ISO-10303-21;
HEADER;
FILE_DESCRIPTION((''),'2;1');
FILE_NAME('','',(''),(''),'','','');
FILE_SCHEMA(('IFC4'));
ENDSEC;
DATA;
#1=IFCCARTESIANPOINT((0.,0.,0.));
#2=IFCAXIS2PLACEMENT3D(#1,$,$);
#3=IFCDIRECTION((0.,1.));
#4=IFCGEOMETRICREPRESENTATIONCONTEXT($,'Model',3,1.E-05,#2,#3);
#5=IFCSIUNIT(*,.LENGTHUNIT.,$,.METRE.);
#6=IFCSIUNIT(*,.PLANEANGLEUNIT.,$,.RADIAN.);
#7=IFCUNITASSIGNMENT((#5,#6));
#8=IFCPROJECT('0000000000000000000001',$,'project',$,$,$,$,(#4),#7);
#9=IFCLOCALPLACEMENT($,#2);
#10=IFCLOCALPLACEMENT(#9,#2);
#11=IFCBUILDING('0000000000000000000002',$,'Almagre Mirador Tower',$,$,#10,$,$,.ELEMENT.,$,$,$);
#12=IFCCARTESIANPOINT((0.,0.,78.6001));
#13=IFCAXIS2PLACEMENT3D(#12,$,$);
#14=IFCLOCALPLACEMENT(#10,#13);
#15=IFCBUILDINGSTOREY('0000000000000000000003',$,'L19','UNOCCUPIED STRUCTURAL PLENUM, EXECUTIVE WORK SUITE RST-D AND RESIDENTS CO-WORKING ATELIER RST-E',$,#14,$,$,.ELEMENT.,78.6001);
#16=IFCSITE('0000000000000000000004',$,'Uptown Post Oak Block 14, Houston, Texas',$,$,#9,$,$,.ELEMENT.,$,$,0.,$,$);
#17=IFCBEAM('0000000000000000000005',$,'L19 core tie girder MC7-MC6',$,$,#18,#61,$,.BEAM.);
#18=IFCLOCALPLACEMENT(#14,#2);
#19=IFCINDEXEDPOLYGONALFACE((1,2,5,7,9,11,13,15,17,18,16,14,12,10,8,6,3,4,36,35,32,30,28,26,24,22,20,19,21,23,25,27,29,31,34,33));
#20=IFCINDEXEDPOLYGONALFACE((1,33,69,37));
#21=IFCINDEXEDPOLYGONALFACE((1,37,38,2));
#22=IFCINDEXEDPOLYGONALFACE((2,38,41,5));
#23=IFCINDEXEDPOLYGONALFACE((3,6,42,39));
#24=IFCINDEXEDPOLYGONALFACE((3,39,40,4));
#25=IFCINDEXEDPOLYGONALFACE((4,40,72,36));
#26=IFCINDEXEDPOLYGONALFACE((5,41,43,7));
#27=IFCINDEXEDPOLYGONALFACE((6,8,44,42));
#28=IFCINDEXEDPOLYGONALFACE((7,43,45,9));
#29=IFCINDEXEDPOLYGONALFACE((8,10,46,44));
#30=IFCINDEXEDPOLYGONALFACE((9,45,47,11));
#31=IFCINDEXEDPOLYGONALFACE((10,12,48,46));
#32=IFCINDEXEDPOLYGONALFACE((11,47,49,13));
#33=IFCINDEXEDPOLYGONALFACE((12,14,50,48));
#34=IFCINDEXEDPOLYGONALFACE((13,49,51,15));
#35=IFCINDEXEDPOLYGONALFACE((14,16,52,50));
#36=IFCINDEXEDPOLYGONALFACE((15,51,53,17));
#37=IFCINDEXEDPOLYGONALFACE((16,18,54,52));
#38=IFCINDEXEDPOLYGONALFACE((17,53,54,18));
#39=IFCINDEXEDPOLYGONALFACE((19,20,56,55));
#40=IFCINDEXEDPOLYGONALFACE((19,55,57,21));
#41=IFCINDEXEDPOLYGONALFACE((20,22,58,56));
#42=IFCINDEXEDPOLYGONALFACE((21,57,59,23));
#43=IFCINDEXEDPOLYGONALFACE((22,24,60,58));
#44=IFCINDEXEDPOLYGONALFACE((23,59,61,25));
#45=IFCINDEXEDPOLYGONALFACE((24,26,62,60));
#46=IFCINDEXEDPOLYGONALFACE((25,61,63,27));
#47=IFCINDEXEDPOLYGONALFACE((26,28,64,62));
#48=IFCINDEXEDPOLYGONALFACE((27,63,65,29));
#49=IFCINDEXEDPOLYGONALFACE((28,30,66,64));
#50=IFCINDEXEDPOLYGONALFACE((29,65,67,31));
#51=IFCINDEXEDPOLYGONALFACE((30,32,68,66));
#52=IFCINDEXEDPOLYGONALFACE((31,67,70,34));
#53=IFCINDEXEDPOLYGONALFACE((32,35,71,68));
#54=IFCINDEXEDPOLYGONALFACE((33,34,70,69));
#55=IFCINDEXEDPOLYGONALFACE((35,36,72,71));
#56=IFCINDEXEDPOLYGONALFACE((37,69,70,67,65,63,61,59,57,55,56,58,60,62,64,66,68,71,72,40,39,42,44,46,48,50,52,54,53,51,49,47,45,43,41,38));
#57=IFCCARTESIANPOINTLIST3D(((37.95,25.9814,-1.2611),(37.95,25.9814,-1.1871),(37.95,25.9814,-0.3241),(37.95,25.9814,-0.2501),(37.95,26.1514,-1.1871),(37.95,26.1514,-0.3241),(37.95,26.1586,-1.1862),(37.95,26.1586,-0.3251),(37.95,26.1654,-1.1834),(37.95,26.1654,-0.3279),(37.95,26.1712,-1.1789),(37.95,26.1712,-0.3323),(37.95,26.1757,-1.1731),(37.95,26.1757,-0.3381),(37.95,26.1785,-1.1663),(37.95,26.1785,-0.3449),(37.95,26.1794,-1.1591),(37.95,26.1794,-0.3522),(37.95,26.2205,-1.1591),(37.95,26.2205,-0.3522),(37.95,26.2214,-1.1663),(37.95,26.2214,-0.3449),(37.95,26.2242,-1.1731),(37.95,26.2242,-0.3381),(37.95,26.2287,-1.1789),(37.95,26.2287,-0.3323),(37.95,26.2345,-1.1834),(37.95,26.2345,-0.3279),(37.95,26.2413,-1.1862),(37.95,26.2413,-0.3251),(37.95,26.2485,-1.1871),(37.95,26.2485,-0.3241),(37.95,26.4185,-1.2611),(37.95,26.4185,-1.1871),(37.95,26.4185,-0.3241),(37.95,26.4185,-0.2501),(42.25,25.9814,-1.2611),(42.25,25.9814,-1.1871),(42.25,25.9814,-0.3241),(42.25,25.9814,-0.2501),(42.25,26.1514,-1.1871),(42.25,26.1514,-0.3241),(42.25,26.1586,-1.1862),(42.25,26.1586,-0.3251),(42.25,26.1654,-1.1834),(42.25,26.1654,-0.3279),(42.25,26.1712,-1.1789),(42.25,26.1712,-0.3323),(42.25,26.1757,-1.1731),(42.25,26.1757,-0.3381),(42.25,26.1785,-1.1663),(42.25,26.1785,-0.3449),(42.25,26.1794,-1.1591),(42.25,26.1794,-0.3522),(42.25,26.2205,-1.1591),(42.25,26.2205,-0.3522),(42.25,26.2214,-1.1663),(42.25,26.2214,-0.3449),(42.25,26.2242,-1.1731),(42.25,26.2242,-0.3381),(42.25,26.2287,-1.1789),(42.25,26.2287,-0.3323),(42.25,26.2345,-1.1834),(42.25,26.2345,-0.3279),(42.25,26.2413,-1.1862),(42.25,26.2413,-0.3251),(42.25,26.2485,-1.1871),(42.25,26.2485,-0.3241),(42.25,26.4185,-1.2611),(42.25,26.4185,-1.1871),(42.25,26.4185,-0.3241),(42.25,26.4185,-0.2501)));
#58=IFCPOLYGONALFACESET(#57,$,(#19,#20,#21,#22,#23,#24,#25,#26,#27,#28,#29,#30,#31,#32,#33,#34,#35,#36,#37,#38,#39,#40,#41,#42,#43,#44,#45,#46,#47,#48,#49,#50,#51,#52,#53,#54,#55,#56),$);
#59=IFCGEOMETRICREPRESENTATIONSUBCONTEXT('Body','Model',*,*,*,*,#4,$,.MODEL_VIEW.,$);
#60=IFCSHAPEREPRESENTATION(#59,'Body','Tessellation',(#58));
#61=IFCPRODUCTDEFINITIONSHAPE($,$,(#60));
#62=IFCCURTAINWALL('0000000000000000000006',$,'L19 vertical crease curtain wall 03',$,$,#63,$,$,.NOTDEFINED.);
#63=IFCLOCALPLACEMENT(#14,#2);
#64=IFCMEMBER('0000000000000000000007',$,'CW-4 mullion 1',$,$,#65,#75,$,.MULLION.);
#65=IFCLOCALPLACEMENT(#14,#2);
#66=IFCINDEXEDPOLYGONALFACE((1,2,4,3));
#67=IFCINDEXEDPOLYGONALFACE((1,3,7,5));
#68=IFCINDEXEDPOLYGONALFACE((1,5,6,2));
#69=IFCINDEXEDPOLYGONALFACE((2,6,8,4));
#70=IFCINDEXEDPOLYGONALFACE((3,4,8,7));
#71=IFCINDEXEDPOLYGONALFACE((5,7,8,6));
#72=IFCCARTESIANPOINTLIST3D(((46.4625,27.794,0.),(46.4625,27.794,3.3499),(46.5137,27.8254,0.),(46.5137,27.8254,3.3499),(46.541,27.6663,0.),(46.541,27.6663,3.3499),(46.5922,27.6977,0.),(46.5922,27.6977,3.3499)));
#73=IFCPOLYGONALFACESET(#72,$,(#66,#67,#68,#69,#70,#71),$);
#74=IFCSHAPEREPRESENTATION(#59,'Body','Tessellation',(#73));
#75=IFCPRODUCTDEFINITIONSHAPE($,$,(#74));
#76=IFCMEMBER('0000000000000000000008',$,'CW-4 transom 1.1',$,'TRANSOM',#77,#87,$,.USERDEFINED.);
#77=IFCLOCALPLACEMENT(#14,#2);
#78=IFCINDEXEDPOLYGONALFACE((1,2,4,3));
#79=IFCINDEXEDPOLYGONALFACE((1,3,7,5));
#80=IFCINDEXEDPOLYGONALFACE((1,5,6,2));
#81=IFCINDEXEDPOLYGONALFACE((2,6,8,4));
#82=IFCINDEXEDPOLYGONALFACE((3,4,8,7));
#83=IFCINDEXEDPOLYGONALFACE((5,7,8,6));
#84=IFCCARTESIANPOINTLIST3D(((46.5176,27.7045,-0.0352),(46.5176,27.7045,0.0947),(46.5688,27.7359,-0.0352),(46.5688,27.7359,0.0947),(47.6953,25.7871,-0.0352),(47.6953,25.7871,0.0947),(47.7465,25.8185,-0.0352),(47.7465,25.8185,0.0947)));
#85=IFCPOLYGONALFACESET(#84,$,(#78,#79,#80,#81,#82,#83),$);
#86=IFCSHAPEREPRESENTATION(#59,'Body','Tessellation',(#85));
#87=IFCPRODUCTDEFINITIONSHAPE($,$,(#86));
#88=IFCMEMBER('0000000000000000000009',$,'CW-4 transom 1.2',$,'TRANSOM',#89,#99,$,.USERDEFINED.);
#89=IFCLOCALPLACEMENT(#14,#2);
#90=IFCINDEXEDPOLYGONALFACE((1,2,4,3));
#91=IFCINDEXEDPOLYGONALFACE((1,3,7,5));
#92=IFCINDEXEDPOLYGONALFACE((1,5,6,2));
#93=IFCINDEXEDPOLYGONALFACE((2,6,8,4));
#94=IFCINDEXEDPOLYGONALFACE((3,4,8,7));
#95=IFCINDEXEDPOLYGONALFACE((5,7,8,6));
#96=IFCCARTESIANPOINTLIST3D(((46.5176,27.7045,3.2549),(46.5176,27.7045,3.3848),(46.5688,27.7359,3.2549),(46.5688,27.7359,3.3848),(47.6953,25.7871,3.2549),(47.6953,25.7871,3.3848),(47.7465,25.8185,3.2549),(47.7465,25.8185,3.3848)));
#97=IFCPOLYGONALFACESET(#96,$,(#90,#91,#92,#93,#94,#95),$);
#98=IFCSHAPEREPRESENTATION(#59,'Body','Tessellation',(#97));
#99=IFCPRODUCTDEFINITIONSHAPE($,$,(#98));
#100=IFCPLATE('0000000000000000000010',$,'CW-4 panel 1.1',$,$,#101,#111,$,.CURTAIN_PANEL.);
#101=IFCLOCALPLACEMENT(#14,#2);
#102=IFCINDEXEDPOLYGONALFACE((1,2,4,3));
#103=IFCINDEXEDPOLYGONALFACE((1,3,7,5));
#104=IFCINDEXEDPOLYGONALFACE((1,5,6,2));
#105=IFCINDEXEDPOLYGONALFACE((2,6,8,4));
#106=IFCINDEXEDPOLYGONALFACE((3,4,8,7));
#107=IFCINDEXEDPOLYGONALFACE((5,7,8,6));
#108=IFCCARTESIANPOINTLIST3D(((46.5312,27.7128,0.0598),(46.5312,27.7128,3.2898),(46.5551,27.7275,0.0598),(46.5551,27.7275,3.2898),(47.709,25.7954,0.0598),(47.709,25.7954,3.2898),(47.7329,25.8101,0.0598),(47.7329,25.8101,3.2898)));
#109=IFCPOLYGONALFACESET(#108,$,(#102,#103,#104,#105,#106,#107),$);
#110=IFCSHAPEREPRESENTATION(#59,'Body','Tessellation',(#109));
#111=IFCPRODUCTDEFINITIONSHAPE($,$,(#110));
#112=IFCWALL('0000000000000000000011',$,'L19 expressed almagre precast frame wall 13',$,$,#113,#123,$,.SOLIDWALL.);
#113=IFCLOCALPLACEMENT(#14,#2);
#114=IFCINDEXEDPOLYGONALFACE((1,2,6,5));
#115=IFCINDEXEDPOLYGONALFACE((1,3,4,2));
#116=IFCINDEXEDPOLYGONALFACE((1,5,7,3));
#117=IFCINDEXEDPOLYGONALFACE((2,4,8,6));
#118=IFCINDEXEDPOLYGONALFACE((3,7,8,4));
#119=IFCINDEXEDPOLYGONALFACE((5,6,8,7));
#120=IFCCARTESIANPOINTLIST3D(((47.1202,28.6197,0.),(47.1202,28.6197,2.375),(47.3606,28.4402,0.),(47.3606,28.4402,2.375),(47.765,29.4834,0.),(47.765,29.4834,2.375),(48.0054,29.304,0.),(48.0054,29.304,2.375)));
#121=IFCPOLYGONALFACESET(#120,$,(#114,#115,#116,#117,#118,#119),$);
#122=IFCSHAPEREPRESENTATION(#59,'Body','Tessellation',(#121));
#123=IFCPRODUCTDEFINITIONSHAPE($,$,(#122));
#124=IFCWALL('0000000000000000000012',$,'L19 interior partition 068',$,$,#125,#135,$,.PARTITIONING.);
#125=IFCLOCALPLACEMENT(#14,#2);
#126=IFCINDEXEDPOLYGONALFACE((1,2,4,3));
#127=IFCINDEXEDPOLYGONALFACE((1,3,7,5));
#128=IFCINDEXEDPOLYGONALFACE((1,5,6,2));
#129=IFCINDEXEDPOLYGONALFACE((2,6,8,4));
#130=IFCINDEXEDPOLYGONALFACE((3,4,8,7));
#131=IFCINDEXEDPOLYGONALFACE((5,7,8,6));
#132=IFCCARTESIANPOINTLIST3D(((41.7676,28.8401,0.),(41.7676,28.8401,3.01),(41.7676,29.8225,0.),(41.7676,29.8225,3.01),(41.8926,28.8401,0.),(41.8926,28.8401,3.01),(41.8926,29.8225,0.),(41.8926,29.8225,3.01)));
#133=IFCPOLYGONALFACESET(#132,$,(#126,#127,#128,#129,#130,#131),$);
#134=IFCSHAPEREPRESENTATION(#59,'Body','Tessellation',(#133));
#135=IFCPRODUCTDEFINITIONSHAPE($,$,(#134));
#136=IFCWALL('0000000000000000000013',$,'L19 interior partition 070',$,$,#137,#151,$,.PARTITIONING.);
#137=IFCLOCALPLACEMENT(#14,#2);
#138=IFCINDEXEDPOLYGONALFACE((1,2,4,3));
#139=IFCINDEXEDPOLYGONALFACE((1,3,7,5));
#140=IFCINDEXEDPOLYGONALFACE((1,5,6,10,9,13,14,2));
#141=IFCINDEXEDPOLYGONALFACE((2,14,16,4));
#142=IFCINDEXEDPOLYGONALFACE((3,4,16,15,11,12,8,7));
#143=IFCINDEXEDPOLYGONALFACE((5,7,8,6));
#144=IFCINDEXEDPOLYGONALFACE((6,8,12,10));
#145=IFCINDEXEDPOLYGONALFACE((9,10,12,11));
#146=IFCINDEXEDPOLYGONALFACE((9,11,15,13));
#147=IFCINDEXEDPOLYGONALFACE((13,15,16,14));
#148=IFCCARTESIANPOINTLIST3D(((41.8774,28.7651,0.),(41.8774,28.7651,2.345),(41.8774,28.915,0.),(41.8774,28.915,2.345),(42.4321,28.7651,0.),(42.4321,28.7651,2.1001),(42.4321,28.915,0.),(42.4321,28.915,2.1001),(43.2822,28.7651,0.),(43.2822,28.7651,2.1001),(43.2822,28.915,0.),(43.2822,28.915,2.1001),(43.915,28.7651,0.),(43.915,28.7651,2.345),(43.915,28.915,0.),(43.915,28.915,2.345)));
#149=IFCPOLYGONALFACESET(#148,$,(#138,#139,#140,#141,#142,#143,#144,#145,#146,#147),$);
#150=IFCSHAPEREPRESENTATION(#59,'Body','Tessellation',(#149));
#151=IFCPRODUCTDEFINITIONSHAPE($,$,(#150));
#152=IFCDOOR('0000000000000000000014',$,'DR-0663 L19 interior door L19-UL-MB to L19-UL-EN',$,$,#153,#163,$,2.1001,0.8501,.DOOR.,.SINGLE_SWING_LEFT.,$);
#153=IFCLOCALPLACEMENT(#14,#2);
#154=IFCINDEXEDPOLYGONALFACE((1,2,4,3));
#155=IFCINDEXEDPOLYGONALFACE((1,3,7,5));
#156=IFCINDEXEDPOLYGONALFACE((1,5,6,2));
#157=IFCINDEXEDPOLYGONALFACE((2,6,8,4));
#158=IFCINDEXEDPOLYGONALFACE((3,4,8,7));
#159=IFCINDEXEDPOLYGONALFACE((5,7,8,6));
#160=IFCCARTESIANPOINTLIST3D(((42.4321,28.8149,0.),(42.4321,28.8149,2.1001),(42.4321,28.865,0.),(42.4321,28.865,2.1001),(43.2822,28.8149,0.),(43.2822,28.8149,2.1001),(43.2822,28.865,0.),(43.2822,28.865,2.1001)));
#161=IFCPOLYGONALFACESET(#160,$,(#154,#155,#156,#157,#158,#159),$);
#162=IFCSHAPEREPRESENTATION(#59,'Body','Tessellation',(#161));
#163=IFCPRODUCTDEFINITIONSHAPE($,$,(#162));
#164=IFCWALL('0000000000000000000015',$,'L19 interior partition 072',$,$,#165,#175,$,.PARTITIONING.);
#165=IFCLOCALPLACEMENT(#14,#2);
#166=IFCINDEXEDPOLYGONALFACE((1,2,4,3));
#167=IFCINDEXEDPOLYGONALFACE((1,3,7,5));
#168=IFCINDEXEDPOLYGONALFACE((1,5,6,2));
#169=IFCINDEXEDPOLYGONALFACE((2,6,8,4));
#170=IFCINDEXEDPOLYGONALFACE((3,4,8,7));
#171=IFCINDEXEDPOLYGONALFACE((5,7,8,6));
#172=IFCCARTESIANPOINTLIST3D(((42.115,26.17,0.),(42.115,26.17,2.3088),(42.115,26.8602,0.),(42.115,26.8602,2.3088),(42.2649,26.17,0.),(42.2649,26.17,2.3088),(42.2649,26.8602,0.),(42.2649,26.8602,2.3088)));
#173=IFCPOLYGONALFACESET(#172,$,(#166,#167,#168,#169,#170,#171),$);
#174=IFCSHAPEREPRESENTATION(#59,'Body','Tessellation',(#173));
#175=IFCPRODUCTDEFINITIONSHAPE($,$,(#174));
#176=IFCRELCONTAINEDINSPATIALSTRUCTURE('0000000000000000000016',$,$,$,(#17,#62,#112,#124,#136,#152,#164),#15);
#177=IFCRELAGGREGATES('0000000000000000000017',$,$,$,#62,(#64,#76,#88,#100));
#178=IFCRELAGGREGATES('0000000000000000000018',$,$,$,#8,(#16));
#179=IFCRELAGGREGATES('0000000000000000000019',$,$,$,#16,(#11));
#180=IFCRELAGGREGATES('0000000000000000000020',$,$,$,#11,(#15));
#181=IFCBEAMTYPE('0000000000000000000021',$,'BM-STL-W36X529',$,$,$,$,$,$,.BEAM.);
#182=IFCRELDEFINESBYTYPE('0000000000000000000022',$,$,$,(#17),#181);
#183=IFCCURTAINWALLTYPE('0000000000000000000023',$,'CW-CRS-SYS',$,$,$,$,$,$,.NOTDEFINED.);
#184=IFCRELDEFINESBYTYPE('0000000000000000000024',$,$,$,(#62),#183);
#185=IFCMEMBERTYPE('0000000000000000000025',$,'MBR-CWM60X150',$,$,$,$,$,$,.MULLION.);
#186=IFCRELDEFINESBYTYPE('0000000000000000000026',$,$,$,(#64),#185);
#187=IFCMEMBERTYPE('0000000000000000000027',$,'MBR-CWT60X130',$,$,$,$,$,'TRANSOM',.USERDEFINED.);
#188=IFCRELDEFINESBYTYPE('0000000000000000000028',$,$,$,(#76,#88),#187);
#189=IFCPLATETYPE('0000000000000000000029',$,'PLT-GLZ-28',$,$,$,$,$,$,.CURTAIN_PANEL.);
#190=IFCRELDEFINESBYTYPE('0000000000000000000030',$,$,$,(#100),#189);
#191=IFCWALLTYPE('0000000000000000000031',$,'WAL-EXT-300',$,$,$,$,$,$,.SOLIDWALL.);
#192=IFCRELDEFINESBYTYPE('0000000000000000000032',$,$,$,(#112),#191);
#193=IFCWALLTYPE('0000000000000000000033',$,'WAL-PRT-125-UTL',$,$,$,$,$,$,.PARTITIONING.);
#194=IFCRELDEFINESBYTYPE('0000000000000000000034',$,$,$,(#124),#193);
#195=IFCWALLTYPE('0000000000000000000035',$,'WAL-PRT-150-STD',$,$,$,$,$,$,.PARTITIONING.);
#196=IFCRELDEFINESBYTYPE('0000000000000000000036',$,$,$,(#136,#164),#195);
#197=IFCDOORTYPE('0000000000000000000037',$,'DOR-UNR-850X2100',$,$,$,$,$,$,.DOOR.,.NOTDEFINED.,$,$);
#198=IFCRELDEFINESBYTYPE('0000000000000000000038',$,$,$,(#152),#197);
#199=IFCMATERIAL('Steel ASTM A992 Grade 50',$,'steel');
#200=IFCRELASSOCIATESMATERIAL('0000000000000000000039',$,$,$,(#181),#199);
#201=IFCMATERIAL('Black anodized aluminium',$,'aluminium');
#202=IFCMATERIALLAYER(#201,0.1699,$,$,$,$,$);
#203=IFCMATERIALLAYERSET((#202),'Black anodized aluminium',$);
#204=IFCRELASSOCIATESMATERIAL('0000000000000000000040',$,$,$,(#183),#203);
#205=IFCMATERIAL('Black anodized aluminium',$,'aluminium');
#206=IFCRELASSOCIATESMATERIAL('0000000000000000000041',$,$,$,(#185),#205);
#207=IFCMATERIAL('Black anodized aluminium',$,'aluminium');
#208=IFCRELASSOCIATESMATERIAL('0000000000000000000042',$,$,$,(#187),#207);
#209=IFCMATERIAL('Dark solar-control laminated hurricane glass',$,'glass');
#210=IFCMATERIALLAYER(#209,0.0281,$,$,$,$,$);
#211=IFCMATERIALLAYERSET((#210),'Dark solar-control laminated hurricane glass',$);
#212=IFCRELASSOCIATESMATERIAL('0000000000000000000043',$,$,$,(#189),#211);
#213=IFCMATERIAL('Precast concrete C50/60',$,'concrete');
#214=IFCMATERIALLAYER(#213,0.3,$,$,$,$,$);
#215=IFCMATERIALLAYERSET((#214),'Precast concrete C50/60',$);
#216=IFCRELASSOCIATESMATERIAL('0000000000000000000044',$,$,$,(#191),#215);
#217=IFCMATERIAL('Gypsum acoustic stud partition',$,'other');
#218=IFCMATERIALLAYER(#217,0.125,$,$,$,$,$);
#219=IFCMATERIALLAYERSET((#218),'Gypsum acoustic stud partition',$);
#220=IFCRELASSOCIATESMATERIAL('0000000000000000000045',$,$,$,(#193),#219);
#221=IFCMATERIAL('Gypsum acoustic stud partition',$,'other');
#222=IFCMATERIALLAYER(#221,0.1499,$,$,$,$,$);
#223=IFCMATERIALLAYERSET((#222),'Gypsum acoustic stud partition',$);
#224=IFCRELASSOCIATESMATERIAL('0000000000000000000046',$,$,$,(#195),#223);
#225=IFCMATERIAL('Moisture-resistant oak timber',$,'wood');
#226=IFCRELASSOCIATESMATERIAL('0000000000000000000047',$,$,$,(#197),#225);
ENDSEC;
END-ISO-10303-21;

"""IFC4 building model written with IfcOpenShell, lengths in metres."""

from ifc_helpers import new_model, si_unit, direction, frame, frame_2d, origin, origin_2d, place, context, subcontext, project, spatial, rectangle, i_section, extrude, material, layer, layer_set, material_profile, profile_set, type_object, element, fill, aggregate, save


model = new_model("IFC4")

# Units and contexts
model_context = context("Model", 3, precision=1e-05, world=origin(), true_north=direction((0.0, 1.0)))
body_context = subcontext(model_context, "Body", "Model", "MODEL_VIEW")
ifc_project = project(units=[si_unit("LENGTHUNIT", "METRE"), si_unit("PLANEANGLEUNIT", "RADIAN")], contexts=[model_context])

# Site, building, storey
site_placement = place(None, origin())
site = spatial("IfcSite", under=ifc_project, at=site_placement, Name="Uptown Post Oak Block 14, Houston, Texas", CompositionType="ELEMENT", RefElevation=0.0)
building_placement = place(site_placement, origin())
building = spatial("IfcBuilding", under=site, at=building_placement, Name="Almagre Mirador Tower", CompositionType="ELEMENT")
storey_placement = place(building_placement, frame((0.0, 0.0, 78.6001)))
storey = spatial("IfcBuildingStorey", under=building, at=storey_placement, Name="L19", Description="UNOCCUPIED STRUCTURAL PLENUM, EXECUTIVE WORK SUITE RST-D AND RESIDENTS CO-WORKING ATELIER RST-E", CompositionType="ELEMENT", Elevation=78.6001)

# Beam
ifc_material_1 = material(Name="Steel ASTM A992 Grade 50", Category="steel")
ifc_material_profile_1 = material_profile(ifc_material_1, i_section(OverallWidth=0.437, OverallDepth=1.011, WebThickness=0.041, FlangeThickness=0.074, FilletRadius=0.0281, at=origin_2d()), Name="W36X529")
ifc_profile_set_1 = profile_set([ifc_material_profile_1], Name="Steel ASTM A992 Grade 50")
beam_type_1 = type_object("IfcBeamType", Name="BM-STL-W36X529", PredefinedType="BEAM", material=ifc_profile_set_1)
beam_1_placement = place(storey_placement, frame((37.95, 26.2, -0.7556), z_axis=(1.0, 0.0, 0.0), x_axis=(0.0, 1.0, 0.0)))
element("IfcBeam", 1, at=beam_1_placement, inside=storey, type_object=beam_type_1, Name="L19 core tie girder MC7-MC6", PredefinedType="BEAM", context=body_context, shape_type="SweptSolid", body=[
    extrude(i_section(OverallWidth=0.437, OverallDepth=1.011, WebThickness=0.041, FlangeThickness=0.074, FilletRadius=0.0281, at=origin_2d()), origin(), (0.0, 0.0, 1.0), 4.3),
])

# Curtain wall, members, plate
ifc_material_2 = material(Name="Black anodized aluminium", Category="aluminium")
ifc_layer_1 = layer(ifc_material_2, 0.1699)
ifc_layer_set_1 = layer_set([ifc_layer_1], Name="Black anodized aluminium")
curtain_wall_type = type_object("IfcCurtainWallType", Name="CW-CRS-SYS", PredefinedType="NOTDEFINED", material=ifc_layer_set_1)
curtain_wall_placement = place(storey_placement, origin())
curtain_wall = element("IfcCurtainWall", 2, at=curtain_wall_placement, inside=storey, type_object=curtain_wall_type, Name="L19 vertical crease curtain wall 03", PredefinedType="NOTDEFINED")
ifc_material_3 = material(Name="Black anodized aluminium", Category="aluminium")
ifc_material_profile_2 = material_profile(ifc_material_3, rectangle(XDim=0.0601, YDim=0.1499, at=origin_2d()), Name="CWM60X150")
ifc_profile_set_2 = profile_set([ifc_material_profile_2], Name="Black anodized aluminium")
member_type_1 = type_object("IfcMemberType", Name="MBR-CWM60X150", PredefinedType="MULLION", material=ifc_profile_set_2)
member_1_placement = place(storey_placement, frame((46.5273, 27.7458, 0.0), z_axis=(0.0, 0.0, 1.0), x_axis=(0.852078, 0.523415, 0.0)))
member_1 = element("IfcMember", 3, at=member_1_placement, type_object=member_type_1, Name="CW-4 mullion 1", PredefinedType="MULLION", context=body_context, shape_type="SweptSolid", body=[
    extrude(rectangle(XDim=0.0601, YDim=0.1499, at=origin_2d()), origin(), (0.0, 0.0, 1.0), 3.3499),
])
ifc_material_4 = material(Name="Black anodized aluminium", Category="aluminium")
ifc_material_profile_3 = material_profile(ifc_material_4, rectangle(XDim=0.0601, YDim=0.1299, at=origin_2d()), Name="CWT60X130")
ifc_profile_set_3 = profile_set([ifc_material_profile_3], Name="Black anodized aluminium")
member_type_2 = type_object("IfcMemberType", Name="MBR-CWT60X130", ElementType="TRANSOM", PredefinedType="USERDEFINED", material=ifc_profile_set_3)
member_2_placement = place(storey_placement, frame((46.5432, 27.7202, 0.0298), z_axis=(0.523371, -0.852105, 0.0), x_axis=(0.852105, 0.523371, 0.0)))
member_2 = element("IfcMember", 4, at=member_2_placement, type_object=member_type_2, Name="CW-4 transom 1.1", ObjectType="TRANSOM", PredefinedType="USERDEFINED", context=body_context, shape_type="SweptSolid", body=[
    extrude(rectangle(XDim=0.0601, YDim=0.1299, at=origin_2d()), origin(), (0.0, 0.0, 1.0), 2.2502),
])
member_3_placement = place(storey_placement, frame((46.5432, 27.7202, 3.3198), z_axis=(0.523371, -0.852105, 0.0), x_axis=(0.852105, 0.523371, 0.0)))
member_3 = element("IfcMember", 5, at=member_3_placement, type_object=member_type_2, Name="CW-4 transom 1.2", ObjectType="TRANSOM", PredefinedType="USERDEFINED", context=body_context, shape_type="SweptSolid", body=[
    extrude(rectangle(XDim=0.0601, YDim=0.1299, at=origin_2d()), origin(), (0.0, 0.0, 1.0), 2.2502),
])
ifc_material_5 = material(Name="Dark solar-control laminated hurricane glass", Category="glass")
ifc_layer_2 = layer(ifc_material_5, 0.0281)
ifc_layer_set_2 = layer_set([ifc_layer_2], Name="Dark solar-control laminated hurricane glass")
plate_type = type_object("IfcPlateType", Name="PLT-GLZ-28", PredefinedType="CURTAIN_PANEL", material=ifc_layer_set_2)
plate_placement = place(storey_placement, frame((47.1321, 26.7615, 0.0598), z_axis=(0.0, 0.0, 1.0), x_axis=(0.523415, -0.852078, 0.0)))
plate = element("IfcPlate", 6, at=plate_placement, type_object=plate_type, Name="CW-4 panel 1.1", PredefinedType="CURTAIN_PANEL", context=body_context, shape_type="SweptSolid", body=[
    extrude(rectangle(XDim=2.2502, YDim=0.0281, at=origin_2d()), origin(), (0.0, 0.0, 1.0), 3.23),
])
aggregate(curtain_wall, [member_1, member_2, member_3, plate])

# Walls
ifc_material_6 = material(Name="Precast concrete C50/60", Category="concrete")
ifc_layer_3 = layer(ifc_material_6, 0.3)
ifc_layer_set_3 = layer_set([ifc_layer_3], Name="Precast concrete C50/60")
wall_type_1 = type_object("IfcWallType", Name="WAL-EXT-300", PredefinedType="SOLIDWALL", material=ifc_layer_set_3)
wall_1_placement = place(storey_placement, frame((47.8853, 29.3938, 0.0), z_axis=(0.0, 0.0, 1.0), x_axis=(-0.598186, -0.801357, 0.0)))
element("IfcWall", 7, at=wall_1_placement, inside=storey, type_object=wall_type_1, Name="L19 expressed almagre precast frame wall 13", PredefinedType="SOLIDWALL", context=body_context, shape_type="SweptSolid", body=[
    extrude(rectangle(XDim=1.0779, YDim=0.3, at=frame_2d((0.5391, 0.0))), origin(), (0.0, 0.0, 1.0), 2.375),
])
ifc_material_7 = material(Name="Gypsum acoustic stud partition", Category="other")
ifc_layer_4 = layer(ifc_material_7, 0.125)
ifc_layer_set_4 = layer_set([ifc_layer_4], Name="Gypsum acoustic stud partition")
wall_type_2 = type_object("IfcWallType", Name="WAL-PRT-125-UTL", PredefinedType="PARTITIONING", material=ifc_layer_set_4)
wall_2_placement = place(storey_placement, frame((41.8301, 28.8401, 0.0), z_axis=(0.0, 0.0, 1.0), x_axis=(0.0, 1.0, 0.0)))
element("IfcWall", 8, at=wall_2_placement, inside=storey, type_object=wall_type_2, Name="L19 interior partition 068", PredefinedType="PARTITIONING", context=body_context, shape_type="SweptSolid", body=[
    extrude(rectangle(XDim=0.9824, YDim=0.125, at=frame_2d((0.4912, 0.0))), origin(), (0.0, 0.0, 1.0), 3.01),
])

# Wall, opening, door
ifc_material_8 = material(Name="Gypsum acoustic stud partition", Category="other")
ifc_layer_5 = layer(ifc_material_8, 0.1499)
ifc_layer_set_5 = layer_set([ifc_layer_5], Name="Gypsum acoustic stud partition")
wall_type_3 = type_object("IfcWallType", Name="WAL-PRT-150-STD", PredefinedType="PARTITIONING", material=ifc_layer_set_5)
wall_3_placement = place(storey_placement, frame((41.8774, 28.8401, 0.0), z_axis=(0.0, 0.0, 1.0), x_axis=(1.0, 0.0, 0.0)))
wall_3 = element("IfcWall", 9, at=wall_3_placement, inside=storey, type_object=wall_type_3, Name="L19 interior partition 070", PredefinedType="PARTITIONING", context=body_context, shape_type="SweptSolid", body=[
    extrude(rectangle(XDim=2.0376, YDim=0.1499, at=frame_2d((1.0188, 0.0))), origin(), (0.0, 0.0, 1.0), 2.345),
])
opening_placement = place(wall_3_placement, frame((0.5547, 0.0, 0.0)))
opening = element("IfcOpeningElement", 10, at=opening_placement, cuts=wall_3, PredefinedType="OPENING", context=body_context, shape_type="SweptSolid", body=[
    extrude(rectangle(XDim=0.8501, YDim=2.1001, at=frame_2d((0.425, 1.05))), frame((0.0, 0.085, 0.0), z_axis=(0.0, -1.0, 0.0), x_axis=(1.0, 0.0, 0.0)), (0.0, 0.0, 1.0), 0.1699),
])
ifc_material_9 = material(Name="Moisture-resistant oak timber", Category="wood")
door_type = type_object("IfcDoorType", Name="DOR-UNR-850X2100", OperationType="NOTDEFINED", PredefinedType="DOOR", material=ifc_material_9)
door_placement = place(opening_placement, origin())
door = element("IfcDoor", 11, at=door_placement, inside=storey, type_object=door_type, Name="DR-0663 L19 interior door L19-UL-MB to L19-UL-EN", OperationType="SINGLE_SWING_LEFT", OverallHeight=2.1001, OverallWidth=0.8501, PredefinedType="DOOR", context=body_context, shape_type="SweptSolid", body=[
    extrude(rectangle(XDim=0.8501, YDim=2.1001, at=frame_2d((0.425, 1.05))), frame((0.0, 0.0249, 0.0), z_axis=(0.0, -1.0, 0.0), x_axis=(1.0, 0.0, 0.0)), (0.0, 0.0, 1.0), 0.05),
])
fill(opening, door)

# Wall
wall_4_placement = place(storey_placement, frame((42.1899, 26.1699, 0.0), z_axis=(0.0, 0.0, 1.0), x_axis=(0.0, 1.0, 0.0)))
element("IfcWall", 12, at=wall_4_placement, inside=storey, type_object=wall_type_3, Name="L19 interior partition 072", PredefinedType="PARTITIONING", context=body_context, shape_type="SweptSolid", body=[
    extrude(rectangle(XDim=0.6902, YDim=0.1499, at=frame_2d((0.3452, 0.0))), origin(), (0.0, 0.0, 1.0), 2.3088),
])

save(model, "model.ifc")
